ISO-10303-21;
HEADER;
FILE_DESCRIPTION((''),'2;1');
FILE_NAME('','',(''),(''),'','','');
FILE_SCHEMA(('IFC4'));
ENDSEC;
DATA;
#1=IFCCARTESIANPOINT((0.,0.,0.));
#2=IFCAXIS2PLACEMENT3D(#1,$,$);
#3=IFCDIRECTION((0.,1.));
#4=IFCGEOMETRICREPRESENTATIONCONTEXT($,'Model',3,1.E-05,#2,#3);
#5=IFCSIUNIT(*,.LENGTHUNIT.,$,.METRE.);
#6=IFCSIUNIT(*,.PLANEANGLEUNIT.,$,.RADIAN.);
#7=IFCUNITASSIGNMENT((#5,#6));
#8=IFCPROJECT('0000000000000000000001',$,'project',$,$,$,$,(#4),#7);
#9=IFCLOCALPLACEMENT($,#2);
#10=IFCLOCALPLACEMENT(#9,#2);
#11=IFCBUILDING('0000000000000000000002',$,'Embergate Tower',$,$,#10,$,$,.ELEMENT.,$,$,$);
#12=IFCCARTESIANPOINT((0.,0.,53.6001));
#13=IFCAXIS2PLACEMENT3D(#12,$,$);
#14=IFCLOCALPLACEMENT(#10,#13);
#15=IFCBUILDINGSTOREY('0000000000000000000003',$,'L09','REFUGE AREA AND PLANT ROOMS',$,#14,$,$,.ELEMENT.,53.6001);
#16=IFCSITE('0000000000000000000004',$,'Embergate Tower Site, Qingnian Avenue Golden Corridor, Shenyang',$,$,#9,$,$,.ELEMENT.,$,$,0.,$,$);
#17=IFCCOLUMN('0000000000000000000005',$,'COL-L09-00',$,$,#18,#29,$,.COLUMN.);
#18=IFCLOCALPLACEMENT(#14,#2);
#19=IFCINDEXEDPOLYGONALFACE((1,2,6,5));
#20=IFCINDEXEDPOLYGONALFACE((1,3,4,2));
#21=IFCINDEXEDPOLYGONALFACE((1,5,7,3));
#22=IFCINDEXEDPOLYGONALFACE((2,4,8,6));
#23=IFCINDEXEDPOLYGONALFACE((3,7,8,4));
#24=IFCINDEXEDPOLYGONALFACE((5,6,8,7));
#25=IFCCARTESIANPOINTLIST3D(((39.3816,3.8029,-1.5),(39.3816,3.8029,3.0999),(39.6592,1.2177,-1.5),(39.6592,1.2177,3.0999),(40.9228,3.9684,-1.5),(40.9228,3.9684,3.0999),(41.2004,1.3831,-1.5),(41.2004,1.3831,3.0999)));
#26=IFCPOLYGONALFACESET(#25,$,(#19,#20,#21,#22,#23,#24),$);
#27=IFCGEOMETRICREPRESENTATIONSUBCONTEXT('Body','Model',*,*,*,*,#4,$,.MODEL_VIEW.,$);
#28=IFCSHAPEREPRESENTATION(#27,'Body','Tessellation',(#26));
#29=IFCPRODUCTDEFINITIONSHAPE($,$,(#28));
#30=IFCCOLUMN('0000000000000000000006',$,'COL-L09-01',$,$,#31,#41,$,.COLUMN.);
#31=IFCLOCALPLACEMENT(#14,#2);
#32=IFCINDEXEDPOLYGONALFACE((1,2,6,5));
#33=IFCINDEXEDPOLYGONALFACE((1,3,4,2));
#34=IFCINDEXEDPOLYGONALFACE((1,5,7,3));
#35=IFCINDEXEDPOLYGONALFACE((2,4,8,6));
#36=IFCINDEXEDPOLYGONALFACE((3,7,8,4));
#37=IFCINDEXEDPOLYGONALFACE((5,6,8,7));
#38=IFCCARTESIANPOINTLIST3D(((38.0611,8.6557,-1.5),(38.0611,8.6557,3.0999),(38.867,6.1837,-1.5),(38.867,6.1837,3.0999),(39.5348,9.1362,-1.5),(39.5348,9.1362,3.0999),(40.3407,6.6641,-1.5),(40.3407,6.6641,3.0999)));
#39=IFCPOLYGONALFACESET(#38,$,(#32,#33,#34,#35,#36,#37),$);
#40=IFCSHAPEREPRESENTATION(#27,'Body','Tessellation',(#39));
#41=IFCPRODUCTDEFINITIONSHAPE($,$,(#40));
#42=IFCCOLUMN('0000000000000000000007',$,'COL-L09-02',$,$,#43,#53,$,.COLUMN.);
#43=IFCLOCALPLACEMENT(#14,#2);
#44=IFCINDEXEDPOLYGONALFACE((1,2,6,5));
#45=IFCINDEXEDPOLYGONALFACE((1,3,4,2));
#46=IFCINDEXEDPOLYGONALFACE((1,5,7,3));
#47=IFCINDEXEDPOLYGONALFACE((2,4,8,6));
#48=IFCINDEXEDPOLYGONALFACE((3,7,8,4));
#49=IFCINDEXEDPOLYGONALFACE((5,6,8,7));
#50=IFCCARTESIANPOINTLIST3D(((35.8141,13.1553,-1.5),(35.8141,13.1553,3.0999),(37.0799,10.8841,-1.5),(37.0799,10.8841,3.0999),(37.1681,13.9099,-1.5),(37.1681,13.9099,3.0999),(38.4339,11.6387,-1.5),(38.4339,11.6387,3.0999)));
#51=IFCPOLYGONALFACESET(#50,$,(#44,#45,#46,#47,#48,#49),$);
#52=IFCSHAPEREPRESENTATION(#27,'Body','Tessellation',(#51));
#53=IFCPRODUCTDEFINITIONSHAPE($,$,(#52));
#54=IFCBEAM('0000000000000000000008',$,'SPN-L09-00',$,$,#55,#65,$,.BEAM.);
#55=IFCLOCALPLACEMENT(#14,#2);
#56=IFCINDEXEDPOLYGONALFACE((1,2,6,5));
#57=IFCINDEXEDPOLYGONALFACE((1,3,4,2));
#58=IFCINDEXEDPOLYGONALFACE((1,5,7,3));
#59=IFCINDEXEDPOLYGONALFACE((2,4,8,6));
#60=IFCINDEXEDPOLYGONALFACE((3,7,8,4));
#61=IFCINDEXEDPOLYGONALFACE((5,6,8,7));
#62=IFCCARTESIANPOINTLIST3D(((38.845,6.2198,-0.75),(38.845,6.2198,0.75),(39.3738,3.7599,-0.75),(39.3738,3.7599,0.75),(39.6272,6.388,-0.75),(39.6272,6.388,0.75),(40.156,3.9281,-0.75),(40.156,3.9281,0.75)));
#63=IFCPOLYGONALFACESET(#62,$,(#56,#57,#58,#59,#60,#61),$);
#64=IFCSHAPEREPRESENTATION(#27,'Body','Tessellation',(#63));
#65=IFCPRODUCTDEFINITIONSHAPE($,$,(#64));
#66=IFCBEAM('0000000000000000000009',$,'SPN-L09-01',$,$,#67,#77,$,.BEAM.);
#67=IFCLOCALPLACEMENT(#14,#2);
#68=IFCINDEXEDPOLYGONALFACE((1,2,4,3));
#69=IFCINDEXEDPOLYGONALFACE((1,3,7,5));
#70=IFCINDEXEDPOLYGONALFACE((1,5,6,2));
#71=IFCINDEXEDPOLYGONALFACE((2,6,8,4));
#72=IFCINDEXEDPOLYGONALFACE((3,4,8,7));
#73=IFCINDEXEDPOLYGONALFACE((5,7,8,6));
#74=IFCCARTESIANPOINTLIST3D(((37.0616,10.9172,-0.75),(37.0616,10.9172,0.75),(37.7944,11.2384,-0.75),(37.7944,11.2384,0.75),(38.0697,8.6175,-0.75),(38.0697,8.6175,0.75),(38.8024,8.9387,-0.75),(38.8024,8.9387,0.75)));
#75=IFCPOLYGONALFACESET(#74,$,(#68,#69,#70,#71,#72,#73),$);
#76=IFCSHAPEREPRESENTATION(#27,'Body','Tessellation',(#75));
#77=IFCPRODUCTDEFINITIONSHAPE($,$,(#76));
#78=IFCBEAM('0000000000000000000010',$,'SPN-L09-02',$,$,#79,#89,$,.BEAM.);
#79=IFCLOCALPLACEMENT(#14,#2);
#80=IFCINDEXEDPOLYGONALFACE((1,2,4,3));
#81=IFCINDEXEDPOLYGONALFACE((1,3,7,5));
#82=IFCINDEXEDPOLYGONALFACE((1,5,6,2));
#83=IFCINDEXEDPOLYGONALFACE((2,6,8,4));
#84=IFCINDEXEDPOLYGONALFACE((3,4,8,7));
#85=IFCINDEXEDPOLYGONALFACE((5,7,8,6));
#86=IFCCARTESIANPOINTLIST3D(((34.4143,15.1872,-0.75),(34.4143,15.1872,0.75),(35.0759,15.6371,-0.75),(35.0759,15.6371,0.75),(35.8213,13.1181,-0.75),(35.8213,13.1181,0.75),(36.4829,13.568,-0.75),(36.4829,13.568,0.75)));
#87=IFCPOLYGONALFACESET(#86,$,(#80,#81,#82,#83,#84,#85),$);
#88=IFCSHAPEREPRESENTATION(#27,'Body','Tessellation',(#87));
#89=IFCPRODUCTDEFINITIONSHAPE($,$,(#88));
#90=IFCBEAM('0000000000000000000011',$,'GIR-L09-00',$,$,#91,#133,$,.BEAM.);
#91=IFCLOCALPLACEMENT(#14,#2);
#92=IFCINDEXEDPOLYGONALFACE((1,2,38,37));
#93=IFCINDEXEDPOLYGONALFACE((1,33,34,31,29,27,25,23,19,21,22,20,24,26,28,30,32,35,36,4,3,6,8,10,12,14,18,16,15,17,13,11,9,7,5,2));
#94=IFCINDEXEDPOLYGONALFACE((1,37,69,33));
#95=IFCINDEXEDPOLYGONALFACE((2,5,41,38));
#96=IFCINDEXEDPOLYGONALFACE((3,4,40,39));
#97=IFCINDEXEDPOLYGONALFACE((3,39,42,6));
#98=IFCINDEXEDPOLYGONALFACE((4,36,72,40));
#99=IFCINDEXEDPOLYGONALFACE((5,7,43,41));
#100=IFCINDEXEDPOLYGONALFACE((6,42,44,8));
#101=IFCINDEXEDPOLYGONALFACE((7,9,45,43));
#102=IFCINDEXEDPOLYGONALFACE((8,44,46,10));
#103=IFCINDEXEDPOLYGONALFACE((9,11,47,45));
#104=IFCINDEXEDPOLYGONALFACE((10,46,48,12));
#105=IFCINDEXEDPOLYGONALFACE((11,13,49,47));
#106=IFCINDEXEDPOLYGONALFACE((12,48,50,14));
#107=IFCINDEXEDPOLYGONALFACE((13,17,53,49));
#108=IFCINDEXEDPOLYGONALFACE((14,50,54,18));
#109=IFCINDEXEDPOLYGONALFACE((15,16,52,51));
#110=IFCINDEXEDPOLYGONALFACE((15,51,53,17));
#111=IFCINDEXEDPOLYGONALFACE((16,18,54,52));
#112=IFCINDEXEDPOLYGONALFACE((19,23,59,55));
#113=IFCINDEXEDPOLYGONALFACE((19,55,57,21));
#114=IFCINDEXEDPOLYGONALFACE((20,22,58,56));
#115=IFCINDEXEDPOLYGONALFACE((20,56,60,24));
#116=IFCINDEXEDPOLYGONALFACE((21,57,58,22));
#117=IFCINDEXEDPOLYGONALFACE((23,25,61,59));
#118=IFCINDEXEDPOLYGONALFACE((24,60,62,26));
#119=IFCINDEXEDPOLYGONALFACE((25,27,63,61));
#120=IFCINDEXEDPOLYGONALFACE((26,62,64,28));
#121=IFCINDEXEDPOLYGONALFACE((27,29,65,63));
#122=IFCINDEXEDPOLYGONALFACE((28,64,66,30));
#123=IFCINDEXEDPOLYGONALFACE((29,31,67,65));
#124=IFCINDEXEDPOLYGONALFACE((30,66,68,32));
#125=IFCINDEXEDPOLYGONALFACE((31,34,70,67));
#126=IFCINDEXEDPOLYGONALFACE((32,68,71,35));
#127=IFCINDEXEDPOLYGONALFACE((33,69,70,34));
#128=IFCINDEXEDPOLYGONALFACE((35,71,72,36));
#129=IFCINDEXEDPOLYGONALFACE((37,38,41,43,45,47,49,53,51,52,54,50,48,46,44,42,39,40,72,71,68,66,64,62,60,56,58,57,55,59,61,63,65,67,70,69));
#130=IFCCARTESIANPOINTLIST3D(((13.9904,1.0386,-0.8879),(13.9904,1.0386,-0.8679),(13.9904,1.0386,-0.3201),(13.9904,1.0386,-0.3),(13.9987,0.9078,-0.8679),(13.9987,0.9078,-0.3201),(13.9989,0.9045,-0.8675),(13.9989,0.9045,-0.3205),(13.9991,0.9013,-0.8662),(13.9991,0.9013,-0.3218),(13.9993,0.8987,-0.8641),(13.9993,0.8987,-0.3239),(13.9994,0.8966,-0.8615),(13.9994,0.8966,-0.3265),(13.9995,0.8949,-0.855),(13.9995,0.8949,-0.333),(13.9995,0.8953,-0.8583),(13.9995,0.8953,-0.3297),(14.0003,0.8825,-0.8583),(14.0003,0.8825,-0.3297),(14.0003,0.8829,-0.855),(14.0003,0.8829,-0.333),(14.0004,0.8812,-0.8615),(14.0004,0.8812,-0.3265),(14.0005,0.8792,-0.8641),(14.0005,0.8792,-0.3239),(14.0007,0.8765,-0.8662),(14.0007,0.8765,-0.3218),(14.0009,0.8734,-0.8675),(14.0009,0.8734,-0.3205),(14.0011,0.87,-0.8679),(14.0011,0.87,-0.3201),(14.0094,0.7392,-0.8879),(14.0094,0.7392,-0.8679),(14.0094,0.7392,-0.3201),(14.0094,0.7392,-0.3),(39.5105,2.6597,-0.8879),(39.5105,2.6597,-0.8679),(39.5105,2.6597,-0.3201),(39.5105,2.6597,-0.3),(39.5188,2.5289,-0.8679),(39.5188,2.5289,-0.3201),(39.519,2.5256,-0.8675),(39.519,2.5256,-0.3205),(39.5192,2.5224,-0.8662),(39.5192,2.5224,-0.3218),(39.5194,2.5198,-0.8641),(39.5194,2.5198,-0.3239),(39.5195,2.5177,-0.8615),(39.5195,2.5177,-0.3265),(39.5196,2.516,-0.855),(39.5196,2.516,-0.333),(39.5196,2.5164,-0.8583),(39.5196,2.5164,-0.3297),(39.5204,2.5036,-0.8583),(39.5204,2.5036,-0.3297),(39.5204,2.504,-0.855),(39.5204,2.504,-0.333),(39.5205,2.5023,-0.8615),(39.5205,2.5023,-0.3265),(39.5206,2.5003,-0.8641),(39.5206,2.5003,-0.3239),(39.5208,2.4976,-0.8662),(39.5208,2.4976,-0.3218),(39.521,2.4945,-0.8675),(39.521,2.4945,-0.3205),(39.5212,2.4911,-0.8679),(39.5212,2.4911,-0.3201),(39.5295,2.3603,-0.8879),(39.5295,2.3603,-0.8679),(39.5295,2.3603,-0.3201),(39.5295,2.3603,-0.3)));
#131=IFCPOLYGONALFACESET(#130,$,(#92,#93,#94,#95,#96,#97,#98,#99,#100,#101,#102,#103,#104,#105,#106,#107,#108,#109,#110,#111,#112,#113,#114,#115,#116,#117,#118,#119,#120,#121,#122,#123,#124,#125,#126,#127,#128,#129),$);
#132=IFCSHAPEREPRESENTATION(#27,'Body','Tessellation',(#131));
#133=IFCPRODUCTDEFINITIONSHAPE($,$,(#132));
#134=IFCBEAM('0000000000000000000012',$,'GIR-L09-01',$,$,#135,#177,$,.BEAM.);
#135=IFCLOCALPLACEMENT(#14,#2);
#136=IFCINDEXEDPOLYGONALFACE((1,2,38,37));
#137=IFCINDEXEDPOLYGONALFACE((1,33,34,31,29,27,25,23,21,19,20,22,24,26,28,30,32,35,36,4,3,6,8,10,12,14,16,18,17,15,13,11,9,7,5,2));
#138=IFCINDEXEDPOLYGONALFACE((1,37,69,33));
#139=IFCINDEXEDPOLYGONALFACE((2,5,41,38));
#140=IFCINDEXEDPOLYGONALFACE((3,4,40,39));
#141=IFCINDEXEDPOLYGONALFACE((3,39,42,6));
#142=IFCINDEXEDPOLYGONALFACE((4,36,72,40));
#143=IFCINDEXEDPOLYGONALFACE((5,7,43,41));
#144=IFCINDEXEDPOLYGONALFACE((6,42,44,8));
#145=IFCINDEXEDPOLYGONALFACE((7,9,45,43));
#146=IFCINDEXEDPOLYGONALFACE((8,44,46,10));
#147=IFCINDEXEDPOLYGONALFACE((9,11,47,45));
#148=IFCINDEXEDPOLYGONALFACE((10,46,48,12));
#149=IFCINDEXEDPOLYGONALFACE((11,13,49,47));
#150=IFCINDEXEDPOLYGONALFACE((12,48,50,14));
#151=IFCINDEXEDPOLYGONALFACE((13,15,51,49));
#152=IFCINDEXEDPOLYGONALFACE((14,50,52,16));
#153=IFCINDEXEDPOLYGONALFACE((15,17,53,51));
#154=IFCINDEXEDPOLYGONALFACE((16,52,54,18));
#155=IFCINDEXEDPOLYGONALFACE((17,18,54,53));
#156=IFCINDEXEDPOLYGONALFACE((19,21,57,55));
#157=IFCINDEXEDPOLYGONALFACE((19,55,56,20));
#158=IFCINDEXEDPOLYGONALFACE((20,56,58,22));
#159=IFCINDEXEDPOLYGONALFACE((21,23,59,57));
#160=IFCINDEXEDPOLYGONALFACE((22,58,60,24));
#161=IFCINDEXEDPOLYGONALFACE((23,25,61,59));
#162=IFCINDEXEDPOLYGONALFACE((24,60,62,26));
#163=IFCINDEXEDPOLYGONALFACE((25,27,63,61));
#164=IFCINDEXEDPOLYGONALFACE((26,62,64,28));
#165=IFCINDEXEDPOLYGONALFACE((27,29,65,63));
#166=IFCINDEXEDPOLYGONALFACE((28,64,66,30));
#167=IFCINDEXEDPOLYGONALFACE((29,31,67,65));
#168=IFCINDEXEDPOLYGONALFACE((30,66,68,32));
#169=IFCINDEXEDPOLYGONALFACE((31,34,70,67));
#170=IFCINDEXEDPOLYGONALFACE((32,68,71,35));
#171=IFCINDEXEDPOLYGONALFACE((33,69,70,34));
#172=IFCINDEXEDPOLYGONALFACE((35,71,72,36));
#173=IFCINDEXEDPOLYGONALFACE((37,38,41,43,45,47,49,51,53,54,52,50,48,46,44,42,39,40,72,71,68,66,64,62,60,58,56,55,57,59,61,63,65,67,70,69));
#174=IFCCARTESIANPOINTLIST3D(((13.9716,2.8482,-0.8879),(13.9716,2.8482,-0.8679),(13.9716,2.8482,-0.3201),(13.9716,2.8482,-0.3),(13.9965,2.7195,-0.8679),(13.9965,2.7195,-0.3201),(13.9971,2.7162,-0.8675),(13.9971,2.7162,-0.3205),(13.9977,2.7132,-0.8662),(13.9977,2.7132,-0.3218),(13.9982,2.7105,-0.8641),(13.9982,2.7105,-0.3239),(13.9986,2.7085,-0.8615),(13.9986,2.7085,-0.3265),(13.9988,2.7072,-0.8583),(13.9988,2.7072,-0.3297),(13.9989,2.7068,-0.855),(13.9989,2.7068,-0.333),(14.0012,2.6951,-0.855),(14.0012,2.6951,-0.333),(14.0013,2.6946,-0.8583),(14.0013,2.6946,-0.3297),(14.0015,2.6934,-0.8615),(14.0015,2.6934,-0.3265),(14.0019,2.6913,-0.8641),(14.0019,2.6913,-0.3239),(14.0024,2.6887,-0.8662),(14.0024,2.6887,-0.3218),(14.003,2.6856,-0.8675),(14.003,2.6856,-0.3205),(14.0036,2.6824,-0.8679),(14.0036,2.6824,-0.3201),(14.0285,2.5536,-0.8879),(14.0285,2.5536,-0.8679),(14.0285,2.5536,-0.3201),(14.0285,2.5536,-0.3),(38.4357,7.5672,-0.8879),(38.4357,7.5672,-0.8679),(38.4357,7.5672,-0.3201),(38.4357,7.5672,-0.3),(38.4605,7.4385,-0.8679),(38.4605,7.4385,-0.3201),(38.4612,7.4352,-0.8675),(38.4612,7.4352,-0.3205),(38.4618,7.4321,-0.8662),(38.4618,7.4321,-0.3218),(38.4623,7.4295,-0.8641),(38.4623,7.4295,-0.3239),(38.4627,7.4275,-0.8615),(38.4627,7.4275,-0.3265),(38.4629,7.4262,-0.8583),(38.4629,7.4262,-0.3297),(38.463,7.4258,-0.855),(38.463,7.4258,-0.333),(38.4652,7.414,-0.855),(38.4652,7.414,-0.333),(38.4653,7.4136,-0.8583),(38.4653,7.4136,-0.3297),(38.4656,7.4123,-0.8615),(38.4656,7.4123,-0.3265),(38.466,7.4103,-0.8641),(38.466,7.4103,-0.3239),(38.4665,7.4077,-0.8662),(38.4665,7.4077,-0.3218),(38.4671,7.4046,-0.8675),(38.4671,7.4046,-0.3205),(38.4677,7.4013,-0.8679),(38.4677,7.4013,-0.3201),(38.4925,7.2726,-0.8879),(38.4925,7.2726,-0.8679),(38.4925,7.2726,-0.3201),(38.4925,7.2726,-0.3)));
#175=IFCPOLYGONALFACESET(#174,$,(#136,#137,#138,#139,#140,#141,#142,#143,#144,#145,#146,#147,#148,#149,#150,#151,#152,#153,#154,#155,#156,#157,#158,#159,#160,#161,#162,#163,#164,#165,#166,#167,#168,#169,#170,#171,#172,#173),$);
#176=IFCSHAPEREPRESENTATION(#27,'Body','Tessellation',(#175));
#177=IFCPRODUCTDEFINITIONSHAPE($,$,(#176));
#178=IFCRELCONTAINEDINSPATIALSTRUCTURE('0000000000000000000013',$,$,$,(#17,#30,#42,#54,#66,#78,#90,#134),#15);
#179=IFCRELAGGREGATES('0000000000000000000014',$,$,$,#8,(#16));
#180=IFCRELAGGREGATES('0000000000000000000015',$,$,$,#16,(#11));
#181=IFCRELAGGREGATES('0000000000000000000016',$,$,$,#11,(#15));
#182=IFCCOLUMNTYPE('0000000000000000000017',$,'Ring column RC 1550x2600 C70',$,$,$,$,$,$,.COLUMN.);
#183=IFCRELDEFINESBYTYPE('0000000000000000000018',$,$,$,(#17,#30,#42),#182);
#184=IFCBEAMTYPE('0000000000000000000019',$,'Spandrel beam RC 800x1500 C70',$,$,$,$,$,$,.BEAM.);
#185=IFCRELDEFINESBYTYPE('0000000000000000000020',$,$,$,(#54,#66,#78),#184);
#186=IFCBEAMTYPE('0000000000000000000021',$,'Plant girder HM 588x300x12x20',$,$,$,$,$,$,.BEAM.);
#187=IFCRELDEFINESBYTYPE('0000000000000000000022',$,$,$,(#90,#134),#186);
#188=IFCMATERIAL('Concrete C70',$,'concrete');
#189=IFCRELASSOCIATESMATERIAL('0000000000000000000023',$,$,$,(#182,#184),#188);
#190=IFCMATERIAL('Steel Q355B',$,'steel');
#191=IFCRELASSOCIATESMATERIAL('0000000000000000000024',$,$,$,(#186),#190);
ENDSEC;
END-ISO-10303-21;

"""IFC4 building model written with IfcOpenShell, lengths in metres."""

from ifc_helpers import new_model, si_unit, direction, frame, origin, origin_2d, place, context, subcontext, project, spatial, rectangle, i_section, extrude, source, transform, mapped, material, material_profile, profile_set, type_object, element, save


model = new_model("IFC4")

# Units and contexts
model_context = context("Model", 3, precision=1e-05, world=origin(), true_north=direction((0.0, 1.0)))
body_context = subcontext(model_context, "Body", "Model", "MODEL_VIEW")
ifc_project = project(units=[si_unit("LENGTHUNIT", "METRE"), si_unit("PLANEANGLEUNIT", "RADIAN")], contexts=[model_context])

# Site, building, storey
site_placement = place(None, origin())
site = spatial("IfcSite", under=ifc_project, at=site_placement, Name="Embergate Tower Site, Qingnian Avenue Golden Corridor, Shenyang", CompositionType="ELEMENT", RefElevation=0.0)
building_placement = place(site_placement, origin())
building = spatial("IfcBuilding", under=site, at=building_placement, Name="Embergate Tower", CompositionType="ELEMENT")
storey_placement = place(building_placement, frame((0.0, 0.0, 53.6001)))
storey = spatial("IfcBuildingStorey", under=building, at=storey_placement, Name="L09", Description="REFUGE AREA AND PLANT ROOMS", CompositionType="ELEMENT", Elevation=53.6001)

# Columns
ifc_material_1 = material(Name="Concrete C70", Category="concrete")
ifc_material_profile_1 = material_profile(ifc_material_1, rectangle(XDim=1.55, YDim=2.6001, at=origin_2d()), Name="RC 1550x2600")
ifc_profile_set_1 = profile_set([ifc_material_profile_1], Name="Concrete C70")
column_type = type_object("IfcColumnType", Name="Ring column RC 1550x2600 C70", PredefinedType="COLUMN", material=ifc_profile_set_1)
shared_shape_1 = source(origin(), body_context, "Body", "SweptSolid", [
    extrude(rectangle(XDim=1.55, YDim=2.6001, at=origin_2d()), origin(), (0.0, 0.0, 1.0), 4.5999),
])
for number, where, z_axis, x_axis, name in (
    (1, (40.291, 2.593, -1.5), (0.0, 0.0, 1.0), (0.994286, 0.10675, 0.0), "COL-L09-00"),
    (2, (39.2009, 7.6599, -1.5), (0.0, 0.0, 1.0), (0.950754, 0.309946, 0.0), "COL-L09-01"),
    (3, (37.124, 12.397, -1.5), (0.0, 0.0, 1.0), (0.8735, 0.486823, 0.0), "COL-L09-02"),
):
    element("IfcColumn", number, at=place(storey_placement, frame(where, z_axis=z_axis, x_axis=x_axis)), inside=storey, type_object=column_type, Name=name, PredefinedType="COLUMN", context=body_context, shape_type="MappedRepresentation", body=[
        mapped(shared_shape_1, transform((0.0, 0.0, 0.0))),
    ])

# Beams
ifc_material_profile_2 = material_profile(ifc_material_1, rectangle(XDim=0.8, YDim=1.5, at=origin_2d()), Name="RC 800x1500")
ifc_profile_set_2 = profile_set([ifc_material_profile_2], Name="Concrete C70")
beam_type_1 = type_object("IfcBeamType", Name="Spandrel beam RC 800x1500 C70", PredefinedType="BEAM", material=ifc_profile_set_2)
shared_shape_2 = source(origin(), body_context, "Body", "SweptSolid", [
    extrude(rectangle(XDim=0.8, YDim=1.5, at=origin_2d()), origin(), (0.0, 0.0, 1.0), 2.5161),
])
beam_1_placement = place(storey_placement, frame((39.7649, 3.844, 0.0), z_axis=(-0.210165, 0.977666, 0.0), x_axis=(-0.977666, -0.210165, 0.0)))
element("IfcBeam", 4, at=beam_1_placement, inside=storey, type_object=beam_type_1, Name="SPN-L09-00", PredefinedType="BEAM", context=body_context, shape_type="MappedRepresentation", body=[
    mapped(shared_shape_2, transform((0.0, 0.0, 0.0))),
])
shared_shape_3 = source(origin(), body_context, "Body", "SweptSolid", [
    extrude(rectangle(XDim=0.8, YDim=1.5, at=origin_2d()), origin(), (0.0, 0.0, 1.0), 2.511),
])
beam_2_placement = place(storey_placement, frame((38.436, 8.7781, 0.0), z_axis=(-0.401451, 0.91588, 0.0), x_axis=(-0.91588, -0.401451, 0.0)))
element("IfcBeam", 5, at=beam_2_placement, inside=storey, type_object=beam_type_1, Name="SPN-L09-01", PredefinedType="BEAM", context=body_context, shape_type="MappedRepresentation", body=[
    mapped(shared_shape_3, transform((0.0, 0.0, 0.0))),
])
shared_shape_4 = source(origin(), body_context, "Body", "SweptSolid", [
    extrude(rectangle(XDim=0.8, YDim=1.5, at=origin_2d()), origin(), (0.0, 0.0, 1.0), 2.5022),
])
beam_3_placement = place(storey_placement, frame((36.1521, 13.343, 0.0), z_axis=(-0.56231, 0.826927, 0.0), x_axis=(-0.826927, -0.56231, 0.0)))
element("IfcBeam", 6, at=beam_3_placement, inside=storey, type_object=beam_type_1, Name="SPN-L09-02", PredefinedType="BEAM", context=body_context, shape_type="MappedRepresentation", body=[
    mapped(shared_shape_4, transform((0.0, 0.0, 0.0))),
])
ifc_material_2 = material(Name="Steel Q355B", Category="steel")
ifc_material_profile_3 = material_profile(ifc_material_2, i_section(OverallWidth=0.3, OverallDepth=0.5879, WebThickness=0.012, FlangeThickness=0.02, FilletRadius=0.0129, at=origin_2d()), Name="HM 588x300x12x20")
ifc_profile_set_3 = profile_set([ifc_material_profile_3], Name="Steel Q355 grade B")
beam_type_2 = type_object("IfcBeamType", Name="Plant girder HM 588x300x12x20", PredefinedType="BEAM", material=ifc_profile_set_3)
shared_shape_5 = source(origin(), body_context, "Body", "SweptSolid", [
    extrude(i_section(OverallWidth=0.3, OverallDepth=0.5879, WebThickness=0.012, FlangeThickness=0.02, FilletRadius=0.0129, at=origin_2d()), origin(), (0.0, 0.0, 1.0), 25.5715),
])
beam_4_placement = place(storey_placement, frame((39.52, 2.51, -0.594), z_axis=(-0.997989, -0.063395, 0.0), x_axis=(0.063395, -0.997989, 0.0)))
element("IfcBeam", 7, at=beam_4_placement, inside=storey, type_object=beam_type_2, Name="GIR-L09-00", PredefinedType="BEAM", context=body_context, shape_type="MappedRepresentation", body=[
    mapped(shared_shape_5, transform((0.0, 0.0, 0.0))),
])
shared_shape_6 = source(origin(), body_context, "Body", "SweptSolid", [
    extrude(i_section(OverallWidth=0.3, OverallDepth=0.5879, WebThickness=0.012, FlangeThickness=0.02, FilletRadius=0.0129, at=origin_2d()), origin(), (0.0, 0.0, 1.0), 24.915),
])
beam_5_placement = place(storey_placement, frame((38.4641, 7.4199, -0.594), z_axis=(-0.981899, -0.189403, 0.0), x_axis=(0.189403, -0.981899, 0.0)))
element("IfcBeam", 8, at=beam_5_placement, inside=storey, type_object=beam_type_2, Name="GIR-L09-01", PredefinedType="BEAM", context=body_context, shape_type="MappedRepresentation", body=[
    mapped(shared_shape_6, transform((0.0, 0.0, 0.0))),
])

save(model, "model.ifc")
